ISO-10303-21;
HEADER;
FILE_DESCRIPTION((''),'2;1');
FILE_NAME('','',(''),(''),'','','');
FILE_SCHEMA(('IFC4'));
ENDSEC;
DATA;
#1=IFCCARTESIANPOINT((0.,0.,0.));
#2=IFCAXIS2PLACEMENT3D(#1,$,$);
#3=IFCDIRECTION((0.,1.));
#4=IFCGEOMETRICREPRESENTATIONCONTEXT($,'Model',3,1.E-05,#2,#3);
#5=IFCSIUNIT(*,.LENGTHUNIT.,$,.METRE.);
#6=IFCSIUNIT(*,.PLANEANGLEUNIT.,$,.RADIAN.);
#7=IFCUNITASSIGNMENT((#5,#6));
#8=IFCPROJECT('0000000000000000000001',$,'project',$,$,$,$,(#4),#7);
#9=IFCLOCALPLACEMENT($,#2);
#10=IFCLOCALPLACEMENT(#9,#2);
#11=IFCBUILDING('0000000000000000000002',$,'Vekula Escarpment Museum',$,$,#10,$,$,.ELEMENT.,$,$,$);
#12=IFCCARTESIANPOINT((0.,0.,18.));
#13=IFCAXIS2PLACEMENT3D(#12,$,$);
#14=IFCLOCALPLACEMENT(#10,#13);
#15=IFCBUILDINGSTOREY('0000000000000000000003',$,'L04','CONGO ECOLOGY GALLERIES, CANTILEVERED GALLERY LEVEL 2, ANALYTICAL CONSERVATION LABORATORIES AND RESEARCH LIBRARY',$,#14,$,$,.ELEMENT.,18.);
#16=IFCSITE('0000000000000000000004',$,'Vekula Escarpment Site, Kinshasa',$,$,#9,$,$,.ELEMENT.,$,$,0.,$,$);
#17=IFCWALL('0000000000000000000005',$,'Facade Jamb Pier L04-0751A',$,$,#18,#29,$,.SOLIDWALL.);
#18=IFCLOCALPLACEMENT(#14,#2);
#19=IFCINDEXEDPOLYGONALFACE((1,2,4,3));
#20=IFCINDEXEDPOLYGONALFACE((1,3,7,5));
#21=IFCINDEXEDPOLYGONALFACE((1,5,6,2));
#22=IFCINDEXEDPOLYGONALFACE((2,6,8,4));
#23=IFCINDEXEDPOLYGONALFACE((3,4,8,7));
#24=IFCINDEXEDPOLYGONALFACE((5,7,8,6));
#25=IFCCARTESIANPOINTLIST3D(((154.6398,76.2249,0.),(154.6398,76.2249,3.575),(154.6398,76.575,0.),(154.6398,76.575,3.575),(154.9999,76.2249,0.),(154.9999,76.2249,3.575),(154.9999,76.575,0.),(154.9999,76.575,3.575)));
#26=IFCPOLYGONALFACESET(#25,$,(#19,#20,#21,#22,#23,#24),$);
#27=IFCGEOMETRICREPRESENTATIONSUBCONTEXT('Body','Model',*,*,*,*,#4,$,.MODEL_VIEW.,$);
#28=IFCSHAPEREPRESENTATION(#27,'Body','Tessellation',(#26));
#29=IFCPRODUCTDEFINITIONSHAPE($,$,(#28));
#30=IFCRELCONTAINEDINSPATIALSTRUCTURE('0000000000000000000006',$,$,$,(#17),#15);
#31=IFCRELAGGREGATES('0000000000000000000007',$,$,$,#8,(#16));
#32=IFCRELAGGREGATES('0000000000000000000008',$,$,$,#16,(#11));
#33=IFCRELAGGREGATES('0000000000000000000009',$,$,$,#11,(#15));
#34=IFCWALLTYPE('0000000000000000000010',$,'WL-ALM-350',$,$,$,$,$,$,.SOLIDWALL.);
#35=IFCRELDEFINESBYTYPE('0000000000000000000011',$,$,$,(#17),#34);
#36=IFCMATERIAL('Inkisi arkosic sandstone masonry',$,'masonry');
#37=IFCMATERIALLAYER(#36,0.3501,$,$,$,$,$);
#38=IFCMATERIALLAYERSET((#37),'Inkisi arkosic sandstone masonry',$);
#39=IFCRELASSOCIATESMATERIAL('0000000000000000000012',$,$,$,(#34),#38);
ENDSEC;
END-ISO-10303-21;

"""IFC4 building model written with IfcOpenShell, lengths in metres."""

from ifc_helpers import new_model, si_unit, direction, frame, frame_2d, origin, place, context, subcontext, project, spatial, rectangle, extrude, material, layer, layer_set, type_object, element, save


model = new_model("IFC4")

# Units and contexts
model_context = context("Model", 3, precision=1e-05, world=origin(), true_north=direction((0.0, 1.0)))
body_context = subcontext(model_context, "Body", "Model", "MODEL_VIEW")
ifc_project = project(units=[si_unit("LENGTHUNIT", "METRE"), si_unit("PLANEANGLEUNIT", "RADIAN")], contexts=[model_context])

# Site, building, storey
site_placement = place(None, origin())
site = spatial("IfcSite", under=ifc_project, at=site_placement, Name="Vekula Escarpment Site, Kinshasa", CompositionType="ELEMENT", RefElevation=0.0)
building_placement = place(site_placement, origin())
building = spatial("IfcBuilding", under=site, at=building_placement, Name="Vekula Escarpment Museum", CompositionType="ELEMENT")
storey_placement = place(building_placement, frame((0.0, 0.0, 18.0)))
storey = spatial("IfcBuildingStorey", under=building, at=storey_placement, Name="L04", Description="CONGO ECOLOGY GALLERIES, CANTILEVERED GALLERY LEVEL 2, ANALYTICAL CONSERVATION LABORATORIES AND RESEARCH LIBRARY", CompositionType="ELEMENT", Elevation=18.0)

# Wall
ifc_material_1 = material(Name="Inkisi arkosic sandstone masonry", Category="masonry")
ifc_layer_1 = layer(ifc_material_1, 0.3501)
ifc_layer_set_1 = layer_set([ifc_layer_1], Name="Inkisi arkosic sandstone masonry")
wall_type = type_object("IfcWallType", Name="WL-ALM-350", PredefinedType="SOLIDWALL", material=ifc_layer_set_1)
wall_1_placement = place(storey_placement, frame((155.0, 76.3999, 0.0), z_axis=(0.0, 0.0, 1.0), x_axis=(-1.0, 0.0, 0.0)))
element("IfcWall", 1, at=wall_1_placement, inside=storey, type_object=wall_type, Name="Facade Jamb Pier L04-0751A", PredefinedType="SOLIDWALL", context=body_context, shape_type="SweptSolid", body=[
    extrude(rectangle(XDim=0.3601, YDim=0.3501, at=frame_2d((0.1802, 0.0))), origin(), (0.0, 0.0, 1.0), 3.575),
])

save(model, "model.ifc")
